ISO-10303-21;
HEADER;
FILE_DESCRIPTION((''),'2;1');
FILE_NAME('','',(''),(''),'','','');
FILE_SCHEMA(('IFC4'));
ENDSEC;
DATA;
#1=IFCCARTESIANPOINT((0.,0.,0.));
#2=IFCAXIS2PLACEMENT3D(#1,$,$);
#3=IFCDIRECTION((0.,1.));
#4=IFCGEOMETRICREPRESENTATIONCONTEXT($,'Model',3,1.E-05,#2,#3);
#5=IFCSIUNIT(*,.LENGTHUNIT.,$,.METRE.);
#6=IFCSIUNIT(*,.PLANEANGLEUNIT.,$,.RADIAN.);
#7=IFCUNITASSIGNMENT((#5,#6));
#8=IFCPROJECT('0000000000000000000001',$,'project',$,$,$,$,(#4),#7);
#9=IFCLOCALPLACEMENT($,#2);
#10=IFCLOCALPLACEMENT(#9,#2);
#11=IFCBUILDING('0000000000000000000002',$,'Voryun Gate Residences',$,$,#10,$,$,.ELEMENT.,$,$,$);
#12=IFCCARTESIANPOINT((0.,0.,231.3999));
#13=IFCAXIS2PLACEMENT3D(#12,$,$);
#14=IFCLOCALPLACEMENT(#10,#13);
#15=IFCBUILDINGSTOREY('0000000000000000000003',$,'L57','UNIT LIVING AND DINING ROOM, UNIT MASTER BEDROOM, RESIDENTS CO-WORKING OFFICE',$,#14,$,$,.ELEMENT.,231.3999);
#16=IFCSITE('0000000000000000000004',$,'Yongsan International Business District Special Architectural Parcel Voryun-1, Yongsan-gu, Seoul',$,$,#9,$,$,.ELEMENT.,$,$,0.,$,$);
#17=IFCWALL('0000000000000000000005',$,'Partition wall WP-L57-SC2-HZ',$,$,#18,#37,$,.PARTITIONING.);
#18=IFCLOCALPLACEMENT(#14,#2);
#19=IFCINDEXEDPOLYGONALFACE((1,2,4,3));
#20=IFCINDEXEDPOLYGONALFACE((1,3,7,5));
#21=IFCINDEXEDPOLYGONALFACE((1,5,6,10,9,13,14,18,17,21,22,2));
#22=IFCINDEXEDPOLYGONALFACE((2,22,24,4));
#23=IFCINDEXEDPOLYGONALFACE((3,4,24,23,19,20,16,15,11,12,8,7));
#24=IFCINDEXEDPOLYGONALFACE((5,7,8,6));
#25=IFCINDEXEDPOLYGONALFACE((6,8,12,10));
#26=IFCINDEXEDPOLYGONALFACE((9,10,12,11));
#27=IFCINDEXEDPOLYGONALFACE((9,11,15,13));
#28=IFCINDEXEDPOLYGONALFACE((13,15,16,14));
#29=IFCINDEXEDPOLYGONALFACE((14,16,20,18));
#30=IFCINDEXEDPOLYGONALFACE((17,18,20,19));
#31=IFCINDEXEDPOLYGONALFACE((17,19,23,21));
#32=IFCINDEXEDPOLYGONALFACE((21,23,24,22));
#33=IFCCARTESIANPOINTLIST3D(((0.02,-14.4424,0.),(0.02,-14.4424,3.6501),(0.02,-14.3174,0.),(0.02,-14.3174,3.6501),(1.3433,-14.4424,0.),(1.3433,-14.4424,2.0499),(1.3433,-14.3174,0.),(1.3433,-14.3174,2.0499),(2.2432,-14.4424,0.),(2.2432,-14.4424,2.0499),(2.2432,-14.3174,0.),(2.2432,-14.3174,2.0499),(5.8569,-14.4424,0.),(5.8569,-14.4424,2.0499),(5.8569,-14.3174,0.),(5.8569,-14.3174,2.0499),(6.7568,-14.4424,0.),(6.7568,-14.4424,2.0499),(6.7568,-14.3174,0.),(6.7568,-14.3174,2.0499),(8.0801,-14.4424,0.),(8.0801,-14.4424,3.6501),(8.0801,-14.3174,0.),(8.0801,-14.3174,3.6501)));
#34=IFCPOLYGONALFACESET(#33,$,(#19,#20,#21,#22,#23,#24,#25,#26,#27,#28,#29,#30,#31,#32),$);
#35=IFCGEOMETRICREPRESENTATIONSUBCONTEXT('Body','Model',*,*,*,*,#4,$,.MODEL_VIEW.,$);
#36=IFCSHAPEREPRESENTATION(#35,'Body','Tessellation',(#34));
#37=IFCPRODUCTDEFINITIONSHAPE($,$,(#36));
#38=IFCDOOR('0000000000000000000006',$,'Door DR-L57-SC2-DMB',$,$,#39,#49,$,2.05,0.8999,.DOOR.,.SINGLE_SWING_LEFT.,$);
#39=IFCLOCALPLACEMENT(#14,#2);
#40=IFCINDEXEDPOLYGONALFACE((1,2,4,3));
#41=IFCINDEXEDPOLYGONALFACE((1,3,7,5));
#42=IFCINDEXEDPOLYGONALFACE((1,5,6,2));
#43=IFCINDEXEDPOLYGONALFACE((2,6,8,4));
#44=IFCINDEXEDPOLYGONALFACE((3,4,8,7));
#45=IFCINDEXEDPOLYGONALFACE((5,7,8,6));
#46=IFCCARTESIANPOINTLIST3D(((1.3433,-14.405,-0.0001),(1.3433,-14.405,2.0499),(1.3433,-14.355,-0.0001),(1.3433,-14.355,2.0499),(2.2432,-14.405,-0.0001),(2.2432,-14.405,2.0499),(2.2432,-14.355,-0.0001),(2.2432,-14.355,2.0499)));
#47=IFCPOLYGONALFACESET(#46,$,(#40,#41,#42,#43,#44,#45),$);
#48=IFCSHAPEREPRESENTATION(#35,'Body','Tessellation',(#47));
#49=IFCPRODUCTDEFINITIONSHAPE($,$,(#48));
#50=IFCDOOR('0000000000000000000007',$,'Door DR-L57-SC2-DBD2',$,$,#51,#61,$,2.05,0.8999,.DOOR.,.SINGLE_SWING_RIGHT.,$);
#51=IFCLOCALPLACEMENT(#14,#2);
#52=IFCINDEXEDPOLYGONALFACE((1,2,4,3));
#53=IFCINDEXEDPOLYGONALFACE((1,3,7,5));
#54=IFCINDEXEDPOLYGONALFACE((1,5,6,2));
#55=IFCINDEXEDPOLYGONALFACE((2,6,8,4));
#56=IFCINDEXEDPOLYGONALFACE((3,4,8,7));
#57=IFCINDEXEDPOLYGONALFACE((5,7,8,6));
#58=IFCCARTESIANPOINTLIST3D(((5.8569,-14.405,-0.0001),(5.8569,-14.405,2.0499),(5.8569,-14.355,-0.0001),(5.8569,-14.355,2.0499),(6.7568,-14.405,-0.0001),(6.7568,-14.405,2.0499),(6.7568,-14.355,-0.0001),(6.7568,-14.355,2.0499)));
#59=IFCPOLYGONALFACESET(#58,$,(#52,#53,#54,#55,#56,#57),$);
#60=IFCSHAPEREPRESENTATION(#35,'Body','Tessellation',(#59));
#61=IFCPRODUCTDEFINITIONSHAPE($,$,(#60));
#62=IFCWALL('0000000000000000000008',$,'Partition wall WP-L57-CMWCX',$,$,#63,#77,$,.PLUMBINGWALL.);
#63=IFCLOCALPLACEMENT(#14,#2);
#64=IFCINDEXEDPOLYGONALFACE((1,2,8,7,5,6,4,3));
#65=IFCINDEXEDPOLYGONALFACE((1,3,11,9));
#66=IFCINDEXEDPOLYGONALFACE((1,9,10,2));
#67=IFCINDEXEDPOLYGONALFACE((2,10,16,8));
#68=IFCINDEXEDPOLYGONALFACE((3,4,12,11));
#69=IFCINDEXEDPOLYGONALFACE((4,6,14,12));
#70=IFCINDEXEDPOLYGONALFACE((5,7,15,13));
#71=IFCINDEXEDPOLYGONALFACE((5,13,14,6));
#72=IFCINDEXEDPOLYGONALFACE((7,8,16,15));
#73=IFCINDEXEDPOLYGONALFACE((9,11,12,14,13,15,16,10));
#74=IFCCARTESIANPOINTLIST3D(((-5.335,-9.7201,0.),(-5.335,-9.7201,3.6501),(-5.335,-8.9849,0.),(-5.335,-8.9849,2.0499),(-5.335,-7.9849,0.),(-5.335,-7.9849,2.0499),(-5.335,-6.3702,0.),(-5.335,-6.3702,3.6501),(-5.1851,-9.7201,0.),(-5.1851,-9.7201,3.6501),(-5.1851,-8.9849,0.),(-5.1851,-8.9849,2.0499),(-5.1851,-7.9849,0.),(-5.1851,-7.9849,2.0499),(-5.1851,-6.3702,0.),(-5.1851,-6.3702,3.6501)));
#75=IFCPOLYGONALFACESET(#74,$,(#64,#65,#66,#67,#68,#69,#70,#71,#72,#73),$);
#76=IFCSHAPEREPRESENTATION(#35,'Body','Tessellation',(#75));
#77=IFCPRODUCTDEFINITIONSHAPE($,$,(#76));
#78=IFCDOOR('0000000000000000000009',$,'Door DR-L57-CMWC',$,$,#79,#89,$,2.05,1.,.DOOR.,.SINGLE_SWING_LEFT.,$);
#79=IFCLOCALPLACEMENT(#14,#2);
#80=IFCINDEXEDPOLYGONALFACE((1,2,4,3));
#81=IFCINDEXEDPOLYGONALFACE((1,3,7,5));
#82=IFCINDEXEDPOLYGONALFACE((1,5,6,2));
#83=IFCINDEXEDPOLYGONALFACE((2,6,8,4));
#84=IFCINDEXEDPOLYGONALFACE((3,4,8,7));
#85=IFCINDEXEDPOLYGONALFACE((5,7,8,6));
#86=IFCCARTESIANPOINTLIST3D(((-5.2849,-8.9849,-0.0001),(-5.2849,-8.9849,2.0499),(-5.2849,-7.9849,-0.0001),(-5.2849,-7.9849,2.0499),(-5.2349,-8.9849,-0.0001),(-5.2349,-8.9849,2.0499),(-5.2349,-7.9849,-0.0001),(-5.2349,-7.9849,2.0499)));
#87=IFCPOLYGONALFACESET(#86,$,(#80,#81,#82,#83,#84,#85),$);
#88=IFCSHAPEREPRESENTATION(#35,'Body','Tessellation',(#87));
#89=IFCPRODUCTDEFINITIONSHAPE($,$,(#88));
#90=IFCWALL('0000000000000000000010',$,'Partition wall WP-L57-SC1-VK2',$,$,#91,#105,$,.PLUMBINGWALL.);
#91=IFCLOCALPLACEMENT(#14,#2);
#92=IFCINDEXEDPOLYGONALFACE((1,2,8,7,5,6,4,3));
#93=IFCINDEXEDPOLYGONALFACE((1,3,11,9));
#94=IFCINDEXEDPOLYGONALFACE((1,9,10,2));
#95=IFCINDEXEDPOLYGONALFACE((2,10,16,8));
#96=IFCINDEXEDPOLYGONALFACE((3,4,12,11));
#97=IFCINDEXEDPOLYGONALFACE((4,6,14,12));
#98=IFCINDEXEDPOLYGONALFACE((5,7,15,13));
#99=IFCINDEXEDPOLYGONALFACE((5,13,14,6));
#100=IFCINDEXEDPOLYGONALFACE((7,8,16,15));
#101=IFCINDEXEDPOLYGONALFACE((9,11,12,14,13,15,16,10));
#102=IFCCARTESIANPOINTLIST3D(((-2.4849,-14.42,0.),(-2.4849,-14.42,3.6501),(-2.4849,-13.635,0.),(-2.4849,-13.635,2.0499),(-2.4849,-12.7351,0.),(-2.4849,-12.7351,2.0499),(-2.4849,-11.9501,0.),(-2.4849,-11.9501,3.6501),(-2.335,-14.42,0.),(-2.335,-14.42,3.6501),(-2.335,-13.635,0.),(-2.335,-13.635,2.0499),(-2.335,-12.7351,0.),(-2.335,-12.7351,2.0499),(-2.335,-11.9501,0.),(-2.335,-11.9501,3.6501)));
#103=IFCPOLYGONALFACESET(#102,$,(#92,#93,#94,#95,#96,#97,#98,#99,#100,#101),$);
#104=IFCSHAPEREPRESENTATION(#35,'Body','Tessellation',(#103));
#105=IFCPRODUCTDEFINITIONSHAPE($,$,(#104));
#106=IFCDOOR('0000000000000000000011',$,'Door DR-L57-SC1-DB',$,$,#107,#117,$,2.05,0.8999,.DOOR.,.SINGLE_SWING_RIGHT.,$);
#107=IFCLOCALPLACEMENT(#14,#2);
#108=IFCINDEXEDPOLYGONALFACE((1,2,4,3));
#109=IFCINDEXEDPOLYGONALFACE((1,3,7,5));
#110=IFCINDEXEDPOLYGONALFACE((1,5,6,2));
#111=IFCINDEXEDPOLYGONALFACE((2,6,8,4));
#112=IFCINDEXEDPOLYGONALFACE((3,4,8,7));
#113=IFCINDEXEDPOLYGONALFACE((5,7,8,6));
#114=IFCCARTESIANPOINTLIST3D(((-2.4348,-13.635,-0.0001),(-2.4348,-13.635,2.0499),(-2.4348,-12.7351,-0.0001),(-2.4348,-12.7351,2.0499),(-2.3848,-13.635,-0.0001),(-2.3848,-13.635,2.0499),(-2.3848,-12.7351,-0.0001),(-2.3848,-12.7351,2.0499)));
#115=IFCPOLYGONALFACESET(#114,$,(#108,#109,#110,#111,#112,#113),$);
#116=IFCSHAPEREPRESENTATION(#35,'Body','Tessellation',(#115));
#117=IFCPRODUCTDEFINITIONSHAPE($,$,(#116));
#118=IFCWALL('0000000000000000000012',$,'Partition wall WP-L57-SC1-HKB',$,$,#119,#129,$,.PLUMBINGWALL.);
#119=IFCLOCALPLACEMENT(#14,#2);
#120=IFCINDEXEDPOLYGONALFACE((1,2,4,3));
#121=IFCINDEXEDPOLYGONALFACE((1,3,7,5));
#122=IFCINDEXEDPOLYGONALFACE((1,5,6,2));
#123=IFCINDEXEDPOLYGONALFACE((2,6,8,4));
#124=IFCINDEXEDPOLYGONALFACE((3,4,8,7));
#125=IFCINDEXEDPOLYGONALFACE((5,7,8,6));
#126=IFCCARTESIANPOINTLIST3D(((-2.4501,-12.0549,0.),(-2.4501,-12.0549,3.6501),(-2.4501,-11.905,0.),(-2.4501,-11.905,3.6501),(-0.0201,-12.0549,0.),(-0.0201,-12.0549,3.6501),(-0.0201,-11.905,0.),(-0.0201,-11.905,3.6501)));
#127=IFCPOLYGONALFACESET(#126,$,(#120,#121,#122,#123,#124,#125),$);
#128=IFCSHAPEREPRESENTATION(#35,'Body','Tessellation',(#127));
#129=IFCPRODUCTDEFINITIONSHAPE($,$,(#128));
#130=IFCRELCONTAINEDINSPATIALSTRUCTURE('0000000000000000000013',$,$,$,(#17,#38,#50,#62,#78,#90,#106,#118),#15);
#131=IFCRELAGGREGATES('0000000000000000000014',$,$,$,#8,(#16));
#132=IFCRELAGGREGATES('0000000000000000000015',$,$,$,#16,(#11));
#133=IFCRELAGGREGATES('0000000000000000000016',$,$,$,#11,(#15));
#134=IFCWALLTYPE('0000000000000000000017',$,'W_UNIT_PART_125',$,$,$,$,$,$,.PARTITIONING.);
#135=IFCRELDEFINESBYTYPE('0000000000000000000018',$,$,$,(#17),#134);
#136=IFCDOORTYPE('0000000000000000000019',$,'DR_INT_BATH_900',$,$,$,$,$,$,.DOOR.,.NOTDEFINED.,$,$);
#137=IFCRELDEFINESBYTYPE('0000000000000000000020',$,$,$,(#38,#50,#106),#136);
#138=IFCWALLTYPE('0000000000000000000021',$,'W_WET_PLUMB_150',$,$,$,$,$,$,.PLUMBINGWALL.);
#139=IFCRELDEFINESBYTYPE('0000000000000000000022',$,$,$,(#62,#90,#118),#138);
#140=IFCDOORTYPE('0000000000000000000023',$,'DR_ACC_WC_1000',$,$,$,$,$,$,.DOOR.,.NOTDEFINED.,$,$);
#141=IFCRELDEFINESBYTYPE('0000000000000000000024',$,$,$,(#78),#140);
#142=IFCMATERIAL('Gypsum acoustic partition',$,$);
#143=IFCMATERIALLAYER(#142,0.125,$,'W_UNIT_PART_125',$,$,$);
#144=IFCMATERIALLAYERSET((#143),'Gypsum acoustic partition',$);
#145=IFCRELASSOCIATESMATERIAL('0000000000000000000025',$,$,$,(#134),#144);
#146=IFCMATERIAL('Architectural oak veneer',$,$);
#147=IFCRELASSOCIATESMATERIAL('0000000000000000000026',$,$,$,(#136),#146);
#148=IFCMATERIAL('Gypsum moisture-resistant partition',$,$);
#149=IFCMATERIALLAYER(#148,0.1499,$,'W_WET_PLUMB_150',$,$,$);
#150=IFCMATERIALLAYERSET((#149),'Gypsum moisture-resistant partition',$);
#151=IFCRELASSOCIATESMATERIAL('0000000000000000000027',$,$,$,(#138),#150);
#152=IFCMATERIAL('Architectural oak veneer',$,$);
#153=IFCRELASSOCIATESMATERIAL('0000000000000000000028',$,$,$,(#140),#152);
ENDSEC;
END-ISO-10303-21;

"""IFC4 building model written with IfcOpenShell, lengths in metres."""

from ifc_helpers import new_model, si_unit, direction, frame, frame_2d, origin, place, context, subcontext, project, spatial, rectangle, extrude, material, layer, layer_set, type_object, element, fill, save


model = new_model("IFC4")

# Units and contexts
model_context = context("Model", 3, precision=1e-05, world=origin(), true_north=direction((0.0, 1.0)))
body_context = subcontext(model_context, "Body", "Model", "MODEL_VIEW")
ifc_project = project(units=[si_unit("LENGTHUNIT", "METRE"), si_unit("PLANEANGLEUNIT", "RADIAN")], contexts=[model_context])

# Site, building, storey
site_placement = place(None, origin())
site = spatial("IfcSite", under=ifc_project, at=site_placement, Name="Yongsan International Business District Special Architectural Parcel Voryun-1, Yongsan-gu, Seoul", CompositionType="ELEMENT", RefElevation=0.0)
building_placement = place(site_placement, origin())
building = spatial("IfcBuilding", under=site, at=building_placement, Name="Voryun Gate Residences", CompositionType="ELEMENT")
storey_placement = place(building_placement, frame((0.0, 0.0, 231.3999)))
storey = spatial("IfcBuildingStorey", under=building, at=storey_placement, Name="L57", Description="UNIT LIVING AND DINING ROOM, UNIT MASTER BEDROOM, RESIDENTS CO-WORKING OFFICE", CompositionType="ELEMENT", Elevation=231.3999)

# Shared definitions
ifc_material_1 = material(Name="Gypsum acoustic partition")
ifc_layer_1 = layer(ifc_material_1, 0.125, Name="W_UNIT_PART_125")
ifc_layer_set_1 = layer_set([ifc_layer_1], Name="Gypsum acoustic partition")
wall_type_1 = type_object("IfcWallType", Name="W_UNIT_PART_125", PredefinedType="PARTITIONING", material=ifc_layer_set_1)
ifc_material_2 = material(Name="Architectural oak veneer")
door_type_1 = type_object("IfcDoorType", Name="DR_INT_BATH_900", OperationType="NOTDEFINED", PredefinedType="DOOR", material=ifc_material_2)

# Wall, openings, doors
wall_1_placement = place(storey_placement, frame((0.02, -14.3799, 0.0), z_axis=(0.0, 0.0, 1.0), x_axis=(1.0, 0.0, 0.0)))
wall_1 = element("IfcWall", 1, at=wall_1_placement, inside=storey, type_object=wall_type_1, Name="Partition wall WP-L57-SC2-HZ", PredefinedType="PARTITIONING", context=body_context, shape_type="SweptSolid", body=[
    extrude(rectangle(XDim=8.0601, YDim=0.125, at=frame_2d((4.03, 0.0))), origin(), (0.0, 0.0, 1.0), 3.6501),
])
opening_1_placement = place(wall_1_placement, frame((1.3232, 0.0, 0.0)))
opening_1 = element("IfcOpeningElement", 2, at=opening_1_placement, cuts=wall_1, PredefinedType="OPENING", context=body_context, shape_type="SweptSolid", body=[
    extrude(rectangle(XDim=0.8999, YDim=2.05, at=frame_2d((0.45, 1.0249))), frame((0.0, 0.0725, 0.0), z_axis=(0.0, -1.0, 0.0), x_axis=(1.0, 0.0, 0.0)), (0.0, 0.0, 1.0), 0.145),
])
opening_2_placement = place(wall_1_placement, frame((5.8369, 0.0, 0.0)))
opening_2 = element("IfcOpeningElement", 3, at=opening_2_placement, cuts=wall_1, PredefinedType="OPENING", context=body_context, shape_type="SweptSolid", body=[
    extrude(rectangle(XDim=0.8999, YDim=2.05, at=frame_2d((0.45, 1.0249))), frame((0.0, 0.0725, 0.0), z_axis=(0.0, -1.0, 0.0), x_axis=(1.0, 0.0, 0.0)), (0.0, 0.0, 1.0), 0.145),
])
door_1_placement = place(opening_1_placement, origin())
door_1 = element("IfcDoor", 4, at=door_1_placement, inside=storey, type_object=door_type_1, Name="Door DR-L57-SC2-DMB", OperationType="SINGLE_SWING_LEFT", OverallHeight=2.05, OverallWidth=0.8999, PredefinedType="DOOR", context=body_context, shape_type="SweptSolid", body=[
    extrude(rectangle(XDim=0.8999, YDim=2.05, at=frame_2d((0.45, 1.0249))), frame((0.0, 0.0249, 0.0), z_axis=(0.0, -1.0, 0.0), x_axis=(1.0, 0.0, 0.0)), (0.0, 0.0, 1.0), 0.05),
])
fill(opening_1, door_1)
door_2_placement = place(opening_2_placement, origin())
door_2 = element("IfcDoor", 5, at=door_2_placement, inside=storey, type_object=door_type_1, Name="Door DR-L57-SC2-DBD2", OperationType="SINGLE_SWING_RIGHT", OverallHeight=2.05, OverallWidth=0.8999, PredefinedType="DOOR", context=body_context, shape_type="SweptSolid", body=[
    extrude(rectangle(XDim=0.8999, YDim=2.05, at=frame_2d((0.45, 1.0249))), frame((0.0, 0.0249, 0.0), z_axis=(0.0, -1.0, 0.0), x_axis=(1.0, 0.0, 0.0)), (0.0, 0.0, 1.0), 0.05),
])
fill(opening_2, door_2)

# Walls, openings, doors
ifc_material_3 = material(Name="Gypsum moisture-resistant partition")
ifc_layer_2 = layer(ifc_material_3, 0.1499, Name="W_WET_PLUMB_150")
ifc_layer_set_2 = layer_set([ifc_layer_2], Name="Gypsum moisture-resistant partition")
wall_type_2 = type_object("IfcWallType", Name="W_WET_PLUMB_150", PredefinedType="PLUMBINGWALL", material=ifc_layer_set_2)
wall_2_placement = place(storey_placement, frame((-5.26, -9.72, 0.0), z_axis=(0.0, 0.0, 1.0), x_axis=(0.0, 1.0, 0.0)))
wall_2 = element("IfcWall", 6, at=wall_2_placement, inside=storey, type_object=wall_type_2, Name="Partition wall WP-L57-CMWCX", PredefinedType="PLUMBINGWALL", context=body_context, shape_type="SweptSolid", body=[
    extrude(rectangle(XDim=3.3499, YDim=0.1499, at=frame_2d((1.6748, 0.0))), origin(), (0.0, 0.0, 1.0), 3.6501),
])
opening_3_placement = place(wall_2_placement, frame((0.7351, 0.0, 0.0)))
opening_3 = element("IfcOpeningElement", 7, at=opening_3_placement, cuts=wall_2, PredefinedType="OPENING", context=body_context, shape_type="SweptSolid", body=[
    extrude(rectangle(XDim=1.0, YDim=2.05, at=frame_2d((0.5, 1.0249))), frame((0.0, 0.085, 0.0), z_axis=(0.0, -1.0, 0.0), x_axis=(1.0, 0.0, 0.0)), (0.0, 0.0, 1.0), 0.1699),
])
ifc_material_4 = material(Name="Architectural oak veneer")
door_type_2 = type_object("IfcDoorType", Name="DR_ACC_WC_1000", OperationType="NOTDEFINED", PredefinedType="DOOR", material=ifc_material_4)
door_3_placement = place(opening_3_placement, origin())
door_3 = element("IfcDoor", 8, at=door_3_placement, inside=storey, type_object=door_type_2, Name="Door DR-L57-CMWC", OperationType="SINGLE_SWING_LEFT", OverallHeight=2.05, OverallWidth=1.0, PredefinedType="DOOR", context=body_context, shape_type="SweptSolid", body=[
    extrude(rectangle(XDim=1.0, YDim=2.05, at=frame_2d((0.5, 1.0249))), frame((0.0, 0.0249, 0.0), z_axis=(0.0, -1.0, 0.0), x_axis=(1.0, 0.0, 0.0)), (0.0, 0.0, 1.0), 0.05),
])
fill(opening_3, door_3)
wall_3_placement = place(storey_placement, frame((-2.4099, -14.4199, 0.0), z_axis=(0.0, 0.0, 1.0), x_axis=(0.0, 1.0, 0.0)))
wall_3 = element("IfcWall", 9, at=wall_3_placement, inside=storey, type_object=wall_type_2, Name="Partition wall WP-L57-SC1-VK2", PredefinedType="PLUMBINGWALL", context=body_context, shape_type="SweptSolid", body=[
    extrude(rectangle(XDim=2.47, YDim=0.1499, at=frame_2d((1.2349, 0.0))), origin(), (0.0, 0.0, 1.0), 3.6501),
])
opening_4_placement = place(wall_3_placement, frame((0.7849, 0.0, 0.0)))
opening_4 = element("IfcOpeningElement", 10, at=opening_4_placement, cuts=wall_3, PredefinedType="OPENING", context=body_context, shape_type="SweptSolid", body=[
    extrude(rectangle(XDim=0.8999, YDim=2.05, at=frame_2d((0.45, 1.0249))), frame((0.0, 0.085, 0.0), z_axis=(0.0, -1.0, 0.0), x_axis=(1.0, 0.0, 0.0)), (0.0, 0.0, 1.0), 0.1699),
])
door_4_placement = place(opening_4_placement, origin())
door_4 = element("IfcDoor", 11, at=door_4_placement, inside=storey, type_object=door_type_1, Name="Door DR-L57-SC1-DB", OperationType="SINGLE_SWING_RIGHT", OverallHeight=2.05, OverallWidth=0.8999, PredefinedType="DOOR", context=body_context, shape_type="SweptSolid", body=[
    extrude(rectangle(XDim=0.8999, YDim=2.05, at=frame_2d((0.45, 1.0249))), frame((0.0, 0.0249, 0.0), z_axis=(0.0, -1.0, 0.0), x_axis=(1.0, 0.0, 0.0)), (0.0, 0.0, 1.0), 0.05),
])
fill(opening_4, door_4)

# Wall
wall_4_placement = place(storey_placement, frame((-2.45, -11.98, 0.0), z_axis=(0.0, 0.0, 1.0), x_axis=(1.0, 0.0, 0.0)))
element("IfcWall", 12, at=wall_4_placement, inside=storey, type_object=wall_type_2, Name="Partition wall WP-L57-SC1-HKB", PredefinedType="PLUMBINGWALL", context=body_context, shape_type="SweptSolid", body=[
    extrude(rectangle(XDim=2.4299, YDim=0.1499, at=frame_2d((1.2148, 0.0))), origin(), (0.0, 0.0, 1.0), 3.6501),
])

save(model, "model.ifc")
